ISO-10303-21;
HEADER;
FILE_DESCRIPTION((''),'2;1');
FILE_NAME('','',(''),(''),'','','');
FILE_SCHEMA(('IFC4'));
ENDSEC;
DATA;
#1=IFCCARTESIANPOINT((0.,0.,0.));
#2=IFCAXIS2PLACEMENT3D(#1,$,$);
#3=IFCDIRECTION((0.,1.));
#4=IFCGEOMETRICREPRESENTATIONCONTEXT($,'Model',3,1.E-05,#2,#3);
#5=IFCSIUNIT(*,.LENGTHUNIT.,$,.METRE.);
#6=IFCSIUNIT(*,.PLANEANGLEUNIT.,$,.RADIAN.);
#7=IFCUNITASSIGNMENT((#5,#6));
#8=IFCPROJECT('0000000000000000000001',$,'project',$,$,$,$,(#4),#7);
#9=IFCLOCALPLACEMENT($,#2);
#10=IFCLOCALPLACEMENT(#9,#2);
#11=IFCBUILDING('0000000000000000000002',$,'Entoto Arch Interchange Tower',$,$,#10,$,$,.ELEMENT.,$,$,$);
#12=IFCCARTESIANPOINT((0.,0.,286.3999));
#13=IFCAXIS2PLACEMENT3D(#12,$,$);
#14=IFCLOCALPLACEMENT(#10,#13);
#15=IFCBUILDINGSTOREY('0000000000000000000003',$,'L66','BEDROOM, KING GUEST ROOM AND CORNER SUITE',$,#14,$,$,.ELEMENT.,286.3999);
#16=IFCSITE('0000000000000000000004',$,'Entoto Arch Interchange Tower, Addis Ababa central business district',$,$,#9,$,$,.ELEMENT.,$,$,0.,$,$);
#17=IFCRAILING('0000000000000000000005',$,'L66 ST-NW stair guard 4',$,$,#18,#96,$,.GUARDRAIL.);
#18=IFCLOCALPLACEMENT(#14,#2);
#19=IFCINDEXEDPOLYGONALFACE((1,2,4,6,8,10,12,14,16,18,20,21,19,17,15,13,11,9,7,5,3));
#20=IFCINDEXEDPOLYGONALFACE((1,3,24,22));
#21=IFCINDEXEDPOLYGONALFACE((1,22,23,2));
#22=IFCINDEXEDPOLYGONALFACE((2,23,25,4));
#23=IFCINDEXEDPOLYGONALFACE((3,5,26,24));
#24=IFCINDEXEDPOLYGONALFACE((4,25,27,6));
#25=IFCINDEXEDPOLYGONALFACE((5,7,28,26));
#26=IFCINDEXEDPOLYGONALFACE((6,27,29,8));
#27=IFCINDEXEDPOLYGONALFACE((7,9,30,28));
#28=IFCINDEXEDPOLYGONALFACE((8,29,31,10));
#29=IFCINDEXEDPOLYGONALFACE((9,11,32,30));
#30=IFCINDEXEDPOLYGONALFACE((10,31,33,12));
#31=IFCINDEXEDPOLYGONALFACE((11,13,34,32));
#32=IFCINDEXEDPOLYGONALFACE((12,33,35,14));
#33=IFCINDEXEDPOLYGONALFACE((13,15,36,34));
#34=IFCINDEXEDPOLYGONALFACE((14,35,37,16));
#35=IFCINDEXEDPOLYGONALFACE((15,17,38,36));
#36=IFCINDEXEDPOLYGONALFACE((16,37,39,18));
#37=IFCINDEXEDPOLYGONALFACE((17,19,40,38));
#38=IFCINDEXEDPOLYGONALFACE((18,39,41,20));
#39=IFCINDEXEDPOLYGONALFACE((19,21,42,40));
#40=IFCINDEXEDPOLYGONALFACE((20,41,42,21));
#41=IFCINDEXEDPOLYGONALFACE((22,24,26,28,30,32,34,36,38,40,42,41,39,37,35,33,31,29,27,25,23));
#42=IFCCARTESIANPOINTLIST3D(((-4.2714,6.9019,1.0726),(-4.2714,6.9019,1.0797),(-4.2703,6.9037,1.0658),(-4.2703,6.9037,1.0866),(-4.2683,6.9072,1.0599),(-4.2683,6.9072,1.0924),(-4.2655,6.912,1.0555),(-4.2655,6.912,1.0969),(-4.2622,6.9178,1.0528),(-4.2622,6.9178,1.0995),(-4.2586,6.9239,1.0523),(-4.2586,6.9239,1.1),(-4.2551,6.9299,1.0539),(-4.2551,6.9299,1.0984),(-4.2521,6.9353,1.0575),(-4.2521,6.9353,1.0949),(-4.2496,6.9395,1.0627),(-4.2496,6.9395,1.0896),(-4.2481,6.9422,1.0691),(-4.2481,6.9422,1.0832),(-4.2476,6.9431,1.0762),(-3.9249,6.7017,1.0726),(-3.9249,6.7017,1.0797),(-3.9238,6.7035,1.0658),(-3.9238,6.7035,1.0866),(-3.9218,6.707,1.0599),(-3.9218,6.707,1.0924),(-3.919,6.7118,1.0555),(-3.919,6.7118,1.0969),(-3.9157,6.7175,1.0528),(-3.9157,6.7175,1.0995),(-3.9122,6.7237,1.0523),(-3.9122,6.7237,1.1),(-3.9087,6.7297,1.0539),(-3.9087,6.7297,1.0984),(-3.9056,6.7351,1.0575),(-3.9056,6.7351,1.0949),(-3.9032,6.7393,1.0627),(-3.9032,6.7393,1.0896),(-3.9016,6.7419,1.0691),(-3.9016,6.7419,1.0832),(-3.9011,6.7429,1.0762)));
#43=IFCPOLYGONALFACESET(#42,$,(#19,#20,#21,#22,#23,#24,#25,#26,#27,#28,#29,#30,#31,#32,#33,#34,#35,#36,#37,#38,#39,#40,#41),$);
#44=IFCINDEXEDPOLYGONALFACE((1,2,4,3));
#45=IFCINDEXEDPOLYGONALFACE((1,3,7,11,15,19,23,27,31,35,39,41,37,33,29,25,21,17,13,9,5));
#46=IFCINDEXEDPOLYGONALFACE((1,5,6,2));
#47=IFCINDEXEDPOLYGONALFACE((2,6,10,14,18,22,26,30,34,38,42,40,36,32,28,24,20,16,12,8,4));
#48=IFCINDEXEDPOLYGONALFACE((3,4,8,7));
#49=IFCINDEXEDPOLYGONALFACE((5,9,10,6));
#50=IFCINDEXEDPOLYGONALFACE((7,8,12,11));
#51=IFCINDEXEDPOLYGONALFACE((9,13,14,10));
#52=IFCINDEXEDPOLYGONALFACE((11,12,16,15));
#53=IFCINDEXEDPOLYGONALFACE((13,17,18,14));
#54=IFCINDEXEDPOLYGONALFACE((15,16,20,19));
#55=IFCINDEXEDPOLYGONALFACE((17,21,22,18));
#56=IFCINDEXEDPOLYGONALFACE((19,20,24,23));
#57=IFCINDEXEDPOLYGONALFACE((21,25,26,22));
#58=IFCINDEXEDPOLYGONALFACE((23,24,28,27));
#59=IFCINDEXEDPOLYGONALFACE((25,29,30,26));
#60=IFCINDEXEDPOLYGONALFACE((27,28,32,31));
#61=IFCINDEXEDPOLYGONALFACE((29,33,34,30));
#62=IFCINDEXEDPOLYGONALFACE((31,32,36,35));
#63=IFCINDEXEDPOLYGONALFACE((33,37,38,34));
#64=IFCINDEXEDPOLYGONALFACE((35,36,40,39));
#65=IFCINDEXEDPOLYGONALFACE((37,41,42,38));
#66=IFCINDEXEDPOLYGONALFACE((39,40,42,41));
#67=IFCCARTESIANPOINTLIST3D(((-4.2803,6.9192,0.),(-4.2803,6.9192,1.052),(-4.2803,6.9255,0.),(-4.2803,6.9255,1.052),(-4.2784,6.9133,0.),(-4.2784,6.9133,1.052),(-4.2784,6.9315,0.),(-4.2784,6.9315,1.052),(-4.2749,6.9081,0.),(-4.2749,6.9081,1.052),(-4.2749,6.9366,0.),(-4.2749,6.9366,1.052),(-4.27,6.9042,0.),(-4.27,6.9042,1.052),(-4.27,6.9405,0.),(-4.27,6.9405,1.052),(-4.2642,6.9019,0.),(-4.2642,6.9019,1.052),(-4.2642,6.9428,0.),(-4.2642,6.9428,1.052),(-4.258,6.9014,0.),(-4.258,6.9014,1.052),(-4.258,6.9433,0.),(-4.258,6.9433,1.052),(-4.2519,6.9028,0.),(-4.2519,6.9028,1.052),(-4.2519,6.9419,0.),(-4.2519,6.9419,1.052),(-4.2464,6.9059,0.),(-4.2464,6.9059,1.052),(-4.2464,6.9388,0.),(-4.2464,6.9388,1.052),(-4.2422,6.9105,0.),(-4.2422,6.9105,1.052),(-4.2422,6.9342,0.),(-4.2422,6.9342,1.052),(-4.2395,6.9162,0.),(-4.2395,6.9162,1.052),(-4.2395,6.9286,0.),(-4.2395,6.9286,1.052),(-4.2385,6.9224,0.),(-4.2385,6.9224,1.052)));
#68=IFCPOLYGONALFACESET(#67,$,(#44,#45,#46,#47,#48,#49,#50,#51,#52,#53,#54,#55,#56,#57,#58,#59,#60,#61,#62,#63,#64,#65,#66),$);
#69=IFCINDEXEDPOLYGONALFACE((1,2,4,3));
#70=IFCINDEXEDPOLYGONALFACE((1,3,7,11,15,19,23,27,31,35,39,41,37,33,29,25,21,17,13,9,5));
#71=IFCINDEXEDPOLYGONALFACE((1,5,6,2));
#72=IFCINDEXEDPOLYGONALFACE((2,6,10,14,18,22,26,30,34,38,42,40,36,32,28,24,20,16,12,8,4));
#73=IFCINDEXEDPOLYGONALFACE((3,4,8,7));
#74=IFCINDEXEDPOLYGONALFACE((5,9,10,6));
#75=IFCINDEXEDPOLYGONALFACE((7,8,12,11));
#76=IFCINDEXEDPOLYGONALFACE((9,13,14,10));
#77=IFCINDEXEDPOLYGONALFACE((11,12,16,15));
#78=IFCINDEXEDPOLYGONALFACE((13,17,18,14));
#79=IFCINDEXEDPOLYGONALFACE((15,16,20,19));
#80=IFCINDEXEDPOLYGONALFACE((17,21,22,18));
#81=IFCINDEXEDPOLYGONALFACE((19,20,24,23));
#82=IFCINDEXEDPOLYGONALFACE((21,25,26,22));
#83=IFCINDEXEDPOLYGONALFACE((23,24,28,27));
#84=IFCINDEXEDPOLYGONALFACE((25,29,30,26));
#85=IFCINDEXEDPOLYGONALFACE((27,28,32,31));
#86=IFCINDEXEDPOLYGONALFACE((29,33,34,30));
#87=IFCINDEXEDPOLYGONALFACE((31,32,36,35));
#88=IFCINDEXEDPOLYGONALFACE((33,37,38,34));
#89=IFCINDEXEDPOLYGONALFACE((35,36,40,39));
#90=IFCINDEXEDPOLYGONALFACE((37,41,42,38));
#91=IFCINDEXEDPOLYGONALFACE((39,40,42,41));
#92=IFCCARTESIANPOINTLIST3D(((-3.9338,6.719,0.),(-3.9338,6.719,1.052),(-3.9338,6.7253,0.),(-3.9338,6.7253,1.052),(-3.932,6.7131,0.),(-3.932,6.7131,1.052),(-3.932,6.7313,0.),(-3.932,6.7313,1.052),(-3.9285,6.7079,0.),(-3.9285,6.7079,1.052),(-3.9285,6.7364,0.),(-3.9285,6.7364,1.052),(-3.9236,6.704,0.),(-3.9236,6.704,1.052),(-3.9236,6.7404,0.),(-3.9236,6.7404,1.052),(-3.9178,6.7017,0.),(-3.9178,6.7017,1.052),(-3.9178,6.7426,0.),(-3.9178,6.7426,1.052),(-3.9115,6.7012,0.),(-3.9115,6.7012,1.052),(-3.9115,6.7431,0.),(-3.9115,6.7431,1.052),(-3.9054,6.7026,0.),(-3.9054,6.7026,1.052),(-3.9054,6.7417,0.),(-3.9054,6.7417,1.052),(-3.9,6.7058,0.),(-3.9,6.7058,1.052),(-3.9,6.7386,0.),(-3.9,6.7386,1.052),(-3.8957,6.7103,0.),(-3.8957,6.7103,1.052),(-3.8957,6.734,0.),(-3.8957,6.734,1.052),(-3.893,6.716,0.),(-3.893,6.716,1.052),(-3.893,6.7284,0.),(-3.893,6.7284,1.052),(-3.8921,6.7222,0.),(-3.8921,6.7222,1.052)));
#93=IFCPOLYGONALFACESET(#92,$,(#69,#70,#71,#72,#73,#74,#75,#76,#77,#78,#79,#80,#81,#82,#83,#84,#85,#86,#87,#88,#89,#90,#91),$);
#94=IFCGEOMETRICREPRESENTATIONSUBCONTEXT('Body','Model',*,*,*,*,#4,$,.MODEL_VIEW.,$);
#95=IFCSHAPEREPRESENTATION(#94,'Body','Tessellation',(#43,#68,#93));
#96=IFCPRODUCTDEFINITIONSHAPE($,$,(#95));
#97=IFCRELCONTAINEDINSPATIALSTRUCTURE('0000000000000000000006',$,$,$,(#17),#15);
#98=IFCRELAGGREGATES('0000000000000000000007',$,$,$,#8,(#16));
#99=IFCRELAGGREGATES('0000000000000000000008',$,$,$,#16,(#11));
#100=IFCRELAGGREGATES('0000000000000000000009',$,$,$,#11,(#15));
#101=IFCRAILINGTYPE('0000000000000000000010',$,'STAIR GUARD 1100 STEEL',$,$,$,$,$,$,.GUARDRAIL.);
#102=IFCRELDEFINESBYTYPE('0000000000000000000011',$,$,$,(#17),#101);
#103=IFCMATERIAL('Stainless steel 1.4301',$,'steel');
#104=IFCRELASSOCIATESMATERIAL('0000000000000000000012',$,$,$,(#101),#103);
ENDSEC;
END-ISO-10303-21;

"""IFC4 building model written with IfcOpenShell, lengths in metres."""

from ifc_helpers import new_model, si_unit, direction, frame, origin, origin_2d, place, context, subcontext, project, spatial, circle, extrude, material, type_object, element, save


model = new_model("IFC4")

# Units and contexts
model_context = context("Model", 3, precision=1e-05, world=origin(), true_north=direction((0.0, 1.0)))
body_context = subcontext(model_context, "Body", "Model", "MODEL_VIEW")
ifc_project = project(units=[si_unit("LENGTHUNIT", "METRE"), si_unit("PLANEANGLEUNIT", "RADIAN")], contexts=[model_context])

# Site, building, storey
site_placement = place(None, origin())
site = spatial("IfcSite", under=ifc_project, at=site_placement, Name="Entoto Arch Interchange Tower, Addis Ababa central business district", CompositionType="ELEMENT", RefElevation=0.0)
building_placement = place(site_placement, origin())
building = spatial("IfcBuilding", under=site, at=building_placement, Name="Entoto Arch Interchange Tower", CompositionType="ELEMENT")
storey_placement = place(building_placement, frame((0.0, 0.0, 286.3999)))
storey = spatial("IfcBuildingStorey", under=building, at=storey_placement, Name="L66", Description="BEDROOM, KING GUEST ROOM AND CORNER SUITE", CompositionType="ELEMENT", Elevation=286.3999)

# Railing
ifc_material_1 = material(Name="Stainless steel 1.4301", Category="steel")
railing_type_1 = type_object("IfcRailingType", Name="STAIR GUARD 1100 STEEL", PredefinedType="GUARDRAIL", material=ifc_material_1)
railing_1_placement = place(storey_placement, frame((-4.2595, 6.9224, 0.0)))
element("IfcRailing", 1, at=railing_1_placement, inside=storey, type_object=railing_type_1, Name="L66 ST-NW stair guard 4", PredefinedType="GUARDRAIL", context=body_context, shape_type="SweptSolid", body=[
    extrude(circle(Radius=0.0239, at=origin_2d()), frame((0.0, 0.0, 1.0762), z_axis=(0.86583, -0.500339, 0.0), x_axis=(0.500339, 0.86583, 0.0)), (0.0, 0.0, 1.0), 0.4001),
    extrude(circle(Radius=0.021, at=origin_2d()), origin(), (0.0, 0.0, 1.0), 1.052),
    extrude(circle(Radius=0.021, at=origin_2d()), frame((0.3464, -0.2002, 0.0)), (0.0, 0.0, 1.0), 1.052),
])

save(model, "model.ifc")
